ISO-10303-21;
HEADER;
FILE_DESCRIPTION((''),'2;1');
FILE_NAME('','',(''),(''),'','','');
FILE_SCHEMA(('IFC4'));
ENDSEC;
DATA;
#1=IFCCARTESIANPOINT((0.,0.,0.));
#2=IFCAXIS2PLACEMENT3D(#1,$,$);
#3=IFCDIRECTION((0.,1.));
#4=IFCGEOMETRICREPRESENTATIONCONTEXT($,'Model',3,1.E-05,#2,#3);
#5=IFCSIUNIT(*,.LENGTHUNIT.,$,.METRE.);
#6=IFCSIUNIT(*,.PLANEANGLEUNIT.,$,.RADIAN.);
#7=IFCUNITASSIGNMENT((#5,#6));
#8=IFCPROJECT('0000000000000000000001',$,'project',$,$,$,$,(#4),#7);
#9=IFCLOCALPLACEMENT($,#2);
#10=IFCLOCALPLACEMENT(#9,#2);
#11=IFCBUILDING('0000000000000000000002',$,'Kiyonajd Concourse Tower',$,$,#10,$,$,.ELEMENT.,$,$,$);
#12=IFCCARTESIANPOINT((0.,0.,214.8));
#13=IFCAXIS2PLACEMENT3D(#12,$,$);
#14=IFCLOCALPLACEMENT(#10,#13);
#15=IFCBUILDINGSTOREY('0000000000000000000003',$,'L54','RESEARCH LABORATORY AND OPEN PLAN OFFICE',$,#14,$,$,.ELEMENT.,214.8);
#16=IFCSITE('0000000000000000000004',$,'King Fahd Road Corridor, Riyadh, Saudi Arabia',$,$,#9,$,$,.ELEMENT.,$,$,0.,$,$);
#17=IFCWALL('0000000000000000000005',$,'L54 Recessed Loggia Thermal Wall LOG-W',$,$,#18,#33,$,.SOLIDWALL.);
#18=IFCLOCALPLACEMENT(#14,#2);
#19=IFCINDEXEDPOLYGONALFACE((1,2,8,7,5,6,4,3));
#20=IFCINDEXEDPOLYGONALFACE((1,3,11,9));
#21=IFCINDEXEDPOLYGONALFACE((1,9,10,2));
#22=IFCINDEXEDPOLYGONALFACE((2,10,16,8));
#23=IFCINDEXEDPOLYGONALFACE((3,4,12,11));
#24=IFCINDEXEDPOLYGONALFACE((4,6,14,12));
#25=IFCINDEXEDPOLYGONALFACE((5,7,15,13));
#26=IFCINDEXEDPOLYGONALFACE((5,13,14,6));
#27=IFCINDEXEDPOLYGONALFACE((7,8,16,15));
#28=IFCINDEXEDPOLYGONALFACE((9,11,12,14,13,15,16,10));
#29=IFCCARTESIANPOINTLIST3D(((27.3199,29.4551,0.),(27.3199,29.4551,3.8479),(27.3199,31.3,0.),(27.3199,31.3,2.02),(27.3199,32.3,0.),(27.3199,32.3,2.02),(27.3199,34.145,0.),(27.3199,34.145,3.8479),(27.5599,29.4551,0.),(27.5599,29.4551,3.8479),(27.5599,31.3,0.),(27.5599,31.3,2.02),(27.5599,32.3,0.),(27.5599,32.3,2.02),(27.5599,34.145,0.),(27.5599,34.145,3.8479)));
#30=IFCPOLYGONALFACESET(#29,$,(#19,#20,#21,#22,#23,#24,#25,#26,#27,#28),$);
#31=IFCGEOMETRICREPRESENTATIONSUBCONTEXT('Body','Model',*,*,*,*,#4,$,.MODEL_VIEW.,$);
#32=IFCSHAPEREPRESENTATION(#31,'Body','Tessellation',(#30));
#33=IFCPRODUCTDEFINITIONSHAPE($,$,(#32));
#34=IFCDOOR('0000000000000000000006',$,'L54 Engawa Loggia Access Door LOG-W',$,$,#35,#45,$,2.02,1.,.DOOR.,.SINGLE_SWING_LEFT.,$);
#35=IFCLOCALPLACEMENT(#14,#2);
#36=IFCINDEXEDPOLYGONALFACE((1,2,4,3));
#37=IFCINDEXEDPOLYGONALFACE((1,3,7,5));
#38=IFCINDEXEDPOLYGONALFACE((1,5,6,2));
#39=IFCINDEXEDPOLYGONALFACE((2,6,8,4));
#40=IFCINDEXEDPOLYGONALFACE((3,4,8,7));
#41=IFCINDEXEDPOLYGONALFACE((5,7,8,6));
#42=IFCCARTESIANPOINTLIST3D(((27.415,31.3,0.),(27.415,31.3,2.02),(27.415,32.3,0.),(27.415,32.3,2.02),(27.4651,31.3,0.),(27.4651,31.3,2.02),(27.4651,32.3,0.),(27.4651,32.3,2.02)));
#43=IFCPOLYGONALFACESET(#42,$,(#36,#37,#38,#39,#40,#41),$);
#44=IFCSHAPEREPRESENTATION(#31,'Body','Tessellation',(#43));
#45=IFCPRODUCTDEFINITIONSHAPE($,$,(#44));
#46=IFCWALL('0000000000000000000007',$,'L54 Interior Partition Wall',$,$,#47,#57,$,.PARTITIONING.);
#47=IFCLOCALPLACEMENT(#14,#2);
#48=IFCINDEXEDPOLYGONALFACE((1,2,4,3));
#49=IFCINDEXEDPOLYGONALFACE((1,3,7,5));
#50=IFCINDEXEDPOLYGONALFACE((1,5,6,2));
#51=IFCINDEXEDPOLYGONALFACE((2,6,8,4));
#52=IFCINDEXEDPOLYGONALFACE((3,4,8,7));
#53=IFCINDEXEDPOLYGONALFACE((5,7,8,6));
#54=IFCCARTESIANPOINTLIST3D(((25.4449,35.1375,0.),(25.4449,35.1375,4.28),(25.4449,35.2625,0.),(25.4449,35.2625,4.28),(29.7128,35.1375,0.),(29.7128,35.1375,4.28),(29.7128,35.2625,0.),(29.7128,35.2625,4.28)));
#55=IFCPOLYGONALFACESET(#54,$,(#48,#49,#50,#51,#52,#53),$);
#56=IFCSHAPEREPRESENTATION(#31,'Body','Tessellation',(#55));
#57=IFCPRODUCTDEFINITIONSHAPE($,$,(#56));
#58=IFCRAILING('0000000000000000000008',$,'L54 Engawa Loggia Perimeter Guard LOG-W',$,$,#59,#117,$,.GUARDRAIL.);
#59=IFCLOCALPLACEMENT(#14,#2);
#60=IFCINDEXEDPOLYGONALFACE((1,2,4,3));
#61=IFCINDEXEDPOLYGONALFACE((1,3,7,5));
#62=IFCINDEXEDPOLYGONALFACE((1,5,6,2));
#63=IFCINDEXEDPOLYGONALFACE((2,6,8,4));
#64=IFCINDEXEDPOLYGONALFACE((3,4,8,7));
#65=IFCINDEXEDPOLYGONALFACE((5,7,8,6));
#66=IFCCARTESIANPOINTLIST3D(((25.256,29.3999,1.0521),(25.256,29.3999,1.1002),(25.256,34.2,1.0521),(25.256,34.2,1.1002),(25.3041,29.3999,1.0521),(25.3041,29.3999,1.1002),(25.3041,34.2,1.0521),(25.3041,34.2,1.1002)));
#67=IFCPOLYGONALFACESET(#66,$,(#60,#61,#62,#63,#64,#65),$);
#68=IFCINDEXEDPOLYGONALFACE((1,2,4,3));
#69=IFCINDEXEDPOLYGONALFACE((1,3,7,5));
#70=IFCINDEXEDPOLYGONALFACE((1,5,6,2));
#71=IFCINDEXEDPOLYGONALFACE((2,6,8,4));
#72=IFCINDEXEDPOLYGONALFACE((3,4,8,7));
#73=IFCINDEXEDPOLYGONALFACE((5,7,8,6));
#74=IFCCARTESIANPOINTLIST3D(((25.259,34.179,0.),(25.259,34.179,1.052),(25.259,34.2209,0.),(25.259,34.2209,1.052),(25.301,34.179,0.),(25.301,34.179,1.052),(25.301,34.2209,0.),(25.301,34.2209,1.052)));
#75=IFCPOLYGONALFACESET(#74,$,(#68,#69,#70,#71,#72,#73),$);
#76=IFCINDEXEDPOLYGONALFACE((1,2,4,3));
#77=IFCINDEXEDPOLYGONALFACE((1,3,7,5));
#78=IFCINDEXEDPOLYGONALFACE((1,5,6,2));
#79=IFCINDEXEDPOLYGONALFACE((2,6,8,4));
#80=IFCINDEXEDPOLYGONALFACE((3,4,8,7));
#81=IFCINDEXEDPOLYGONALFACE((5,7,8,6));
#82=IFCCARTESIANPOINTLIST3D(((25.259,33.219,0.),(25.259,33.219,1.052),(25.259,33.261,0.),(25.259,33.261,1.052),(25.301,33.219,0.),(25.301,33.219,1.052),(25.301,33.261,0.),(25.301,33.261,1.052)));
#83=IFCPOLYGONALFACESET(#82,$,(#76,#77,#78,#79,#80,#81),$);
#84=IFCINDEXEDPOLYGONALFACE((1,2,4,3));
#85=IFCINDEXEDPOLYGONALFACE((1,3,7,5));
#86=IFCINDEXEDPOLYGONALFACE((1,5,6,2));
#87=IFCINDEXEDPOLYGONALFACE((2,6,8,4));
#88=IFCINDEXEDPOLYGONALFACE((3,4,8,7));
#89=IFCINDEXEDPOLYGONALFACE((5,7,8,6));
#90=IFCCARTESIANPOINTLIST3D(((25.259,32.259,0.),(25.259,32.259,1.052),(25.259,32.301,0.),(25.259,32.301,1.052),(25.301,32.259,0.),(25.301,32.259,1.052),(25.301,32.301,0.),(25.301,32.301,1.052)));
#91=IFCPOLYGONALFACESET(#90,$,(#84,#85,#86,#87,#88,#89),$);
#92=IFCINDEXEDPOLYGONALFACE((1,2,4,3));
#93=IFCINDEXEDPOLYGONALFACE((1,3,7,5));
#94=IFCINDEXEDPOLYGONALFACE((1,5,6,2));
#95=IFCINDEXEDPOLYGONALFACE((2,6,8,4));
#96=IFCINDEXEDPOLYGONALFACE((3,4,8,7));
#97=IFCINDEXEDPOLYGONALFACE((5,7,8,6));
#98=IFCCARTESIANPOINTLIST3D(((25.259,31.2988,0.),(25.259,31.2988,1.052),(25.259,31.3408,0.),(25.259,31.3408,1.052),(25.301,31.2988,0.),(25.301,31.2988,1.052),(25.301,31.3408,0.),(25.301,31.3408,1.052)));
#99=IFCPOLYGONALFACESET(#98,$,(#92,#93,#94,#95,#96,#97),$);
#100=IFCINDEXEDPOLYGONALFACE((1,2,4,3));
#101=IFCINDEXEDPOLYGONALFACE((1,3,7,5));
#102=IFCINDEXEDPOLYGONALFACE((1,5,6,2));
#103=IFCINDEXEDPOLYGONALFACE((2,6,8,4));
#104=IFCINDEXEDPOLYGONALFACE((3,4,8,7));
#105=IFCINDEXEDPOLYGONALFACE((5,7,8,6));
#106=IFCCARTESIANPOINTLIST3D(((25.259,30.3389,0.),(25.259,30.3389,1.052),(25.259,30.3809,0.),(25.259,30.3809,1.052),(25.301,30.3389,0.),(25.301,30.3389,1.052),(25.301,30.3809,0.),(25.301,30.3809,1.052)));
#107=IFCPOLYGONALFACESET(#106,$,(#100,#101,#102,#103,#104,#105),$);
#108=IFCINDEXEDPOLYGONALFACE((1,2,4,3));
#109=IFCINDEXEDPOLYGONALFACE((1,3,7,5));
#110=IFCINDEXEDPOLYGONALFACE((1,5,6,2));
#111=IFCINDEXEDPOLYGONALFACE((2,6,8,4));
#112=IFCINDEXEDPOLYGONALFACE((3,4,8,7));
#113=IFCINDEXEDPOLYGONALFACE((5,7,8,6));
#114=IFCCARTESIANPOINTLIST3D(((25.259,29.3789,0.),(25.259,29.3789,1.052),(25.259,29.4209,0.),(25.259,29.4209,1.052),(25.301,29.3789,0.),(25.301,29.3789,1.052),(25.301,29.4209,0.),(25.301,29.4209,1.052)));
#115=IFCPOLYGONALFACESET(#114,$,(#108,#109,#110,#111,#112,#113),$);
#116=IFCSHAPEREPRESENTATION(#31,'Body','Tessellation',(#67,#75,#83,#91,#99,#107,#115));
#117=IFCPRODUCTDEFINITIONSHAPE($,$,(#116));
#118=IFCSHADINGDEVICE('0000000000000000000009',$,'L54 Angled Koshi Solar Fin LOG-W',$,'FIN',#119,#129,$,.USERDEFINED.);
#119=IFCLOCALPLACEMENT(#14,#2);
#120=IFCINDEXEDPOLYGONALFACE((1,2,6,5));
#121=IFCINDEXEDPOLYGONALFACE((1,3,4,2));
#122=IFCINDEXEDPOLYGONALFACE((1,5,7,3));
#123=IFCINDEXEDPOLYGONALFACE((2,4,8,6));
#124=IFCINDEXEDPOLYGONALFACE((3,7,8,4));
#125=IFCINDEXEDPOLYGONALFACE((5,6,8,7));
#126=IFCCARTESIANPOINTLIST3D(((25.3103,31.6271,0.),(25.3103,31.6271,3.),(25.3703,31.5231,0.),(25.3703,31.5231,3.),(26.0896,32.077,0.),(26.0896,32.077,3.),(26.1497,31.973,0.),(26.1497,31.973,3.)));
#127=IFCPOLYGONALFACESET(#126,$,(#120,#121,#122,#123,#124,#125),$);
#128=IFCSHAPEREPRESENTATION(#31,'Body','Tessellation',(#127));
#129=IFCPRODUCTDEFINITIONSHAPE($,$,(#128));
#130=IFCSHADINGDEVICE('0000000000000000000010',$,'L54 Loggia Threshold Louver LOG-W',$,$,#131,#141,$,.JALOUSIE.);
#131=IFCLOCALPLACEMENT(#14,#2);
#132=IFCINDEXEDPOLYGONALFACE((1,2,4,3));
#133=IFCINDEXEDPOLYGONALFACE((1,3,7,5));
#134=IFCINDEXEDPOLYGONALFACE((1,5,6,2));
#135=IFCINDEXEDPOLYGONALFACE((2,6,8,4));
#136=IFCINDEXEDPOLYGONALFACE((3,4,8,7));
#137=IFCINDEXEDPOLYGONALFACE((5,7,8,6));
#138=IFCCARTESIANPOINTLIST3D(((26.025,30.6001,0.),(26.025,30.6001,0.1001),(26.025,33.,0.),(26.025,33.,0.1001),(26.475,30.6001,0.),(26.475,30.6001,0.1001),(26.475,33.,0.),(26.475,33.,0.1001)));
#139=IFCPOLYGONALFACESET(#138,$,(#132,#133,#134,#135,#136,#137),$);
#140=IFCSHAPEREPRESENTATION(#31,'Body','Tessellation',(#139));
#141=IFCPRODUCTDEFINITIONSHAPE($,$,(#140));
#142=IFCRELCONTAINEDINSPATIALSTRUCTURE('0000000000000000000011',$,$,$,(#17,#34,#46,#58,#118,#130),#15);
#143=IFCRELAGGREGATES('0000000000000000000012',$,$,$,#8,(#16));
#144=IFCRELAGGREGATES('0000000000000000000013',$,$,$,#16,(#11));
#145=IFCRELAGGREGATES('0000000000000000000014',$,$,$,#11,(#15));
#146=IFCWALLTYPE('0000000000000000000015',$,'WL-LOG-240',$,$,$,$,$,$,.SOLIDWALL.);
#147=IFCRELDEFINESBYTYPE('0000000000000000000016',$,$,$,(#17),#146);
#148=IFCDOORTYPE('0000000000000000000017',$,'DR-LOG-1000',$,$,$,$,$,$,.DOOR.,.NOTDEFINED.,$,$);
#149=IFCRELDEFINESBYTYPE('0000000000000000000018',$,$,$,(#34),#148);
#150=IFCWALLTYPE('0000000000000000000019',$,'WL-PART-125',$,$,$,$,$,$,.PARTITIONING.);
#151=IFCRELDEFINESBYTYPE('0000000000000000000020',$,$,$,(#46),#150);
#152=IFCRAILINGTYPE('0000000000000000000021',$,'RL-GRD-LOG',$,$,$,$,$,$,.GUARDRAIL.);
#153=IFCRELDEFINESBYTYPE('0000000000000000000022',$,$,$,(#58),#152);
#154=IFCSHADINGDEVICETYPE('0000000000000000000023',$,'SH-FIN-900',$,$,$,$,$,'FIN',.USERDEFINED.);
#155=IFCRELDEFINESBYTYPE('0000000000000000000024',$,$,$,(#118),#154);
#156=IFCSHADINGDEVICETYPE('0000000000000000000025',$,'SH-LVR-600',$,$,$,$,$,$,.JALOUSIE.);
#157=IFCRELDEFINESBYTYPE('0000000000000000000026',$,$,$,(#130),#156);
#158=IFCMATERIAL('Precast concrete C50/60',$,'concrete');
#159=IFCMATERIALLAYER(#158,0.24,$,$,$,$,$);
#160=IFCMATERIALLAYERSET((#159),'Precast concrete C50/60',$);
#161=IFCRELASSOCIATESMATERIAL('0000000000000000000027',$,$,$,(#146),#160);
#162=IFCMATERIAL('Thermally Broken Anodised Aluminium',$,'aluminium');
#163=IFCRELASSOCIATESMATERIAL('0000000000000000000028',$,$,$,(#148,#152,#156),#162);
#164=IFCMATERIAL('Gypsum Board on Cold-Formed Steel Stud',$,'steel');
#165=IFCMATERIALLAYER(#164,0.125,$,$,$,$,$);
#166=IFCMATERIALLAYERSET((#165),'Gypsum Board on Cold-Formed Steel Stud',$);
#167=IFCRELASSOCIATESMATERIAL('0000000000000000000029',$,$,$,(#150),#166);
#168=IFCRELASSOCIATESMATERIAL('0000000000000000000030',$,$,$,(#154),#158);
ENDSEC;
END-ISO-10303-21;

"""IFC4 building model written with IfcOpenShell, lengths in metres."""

from ifc_helpers import new_model, si_unit, direction, frame, frame_2d, origin, origin_2d, place, context, subcontext, project, spatial, rectangle, extrude, material, layer, layer_set, type_object, element, fill, save


model = new_model("IFC4")

# Units and contexts
model_context = context("Model", 3, precision=1e-05, world=origin(), true_north=direction((0.0, 1.0)))
body_context = subcontext(model_context, "Body", "Model", "MODEL_VIEW")
ifc_project = project(units=[si_unit("LENGTHUNIT", "METRE"), si_unit("PLANEANGLEUNIT", "RADIAN")], contexts=[model_context])

# Site, building, storey
site_placement = place(None, origin())
site = spatial("IfcSite", under=ifc_project, at=site_placement, Name="King Fahd Road Corridor, Riyadh, Saudi Arabia", CompositionType="ELEMENT", RefElevation=0.0)
building_placement = place(site_placement, origin())
building = spatial("IfcBuilding", under=site, at=building_placement, Name="Kiyonajd Concourse Tower", CompositionType="ELEMENT")
storey_placement = place(building_placement, frame((0.0, 0.0, 214.8)))
storey = spatial("IfcBuildingStorey", under=building, at=storey_placement, Name="L54", Description="RESEARCH LABORATORY AND OPEN PLAN OFFICE", CompositionType="ELEMENT", Elevation=214.8)

# Shared definitions
ifc_material_1 = material(Name="Thermally Broken Anodised Aluminium", Category="aluminium")

# Shared definitions
ifc_material_2 = material(Name="Precast concrete C50/60", Category="concrete")

# Wall, opening, door
ifc_layer_1 = layer(ifc_material_2, 0.24)
ifc_layer_set_1 = layer_set([ifc_layer_1], Name="Precast concrete C50/60")
wall_type_1 = type_object("IfcWallType", Name="WL-LOG-240", PredefinedType="SOLIDWALL", material=ifc_layer_set_1)
wall_1_placement = place(storey_placement, frame((27.4399, 29.4551, 0.0), z_axis=(0.0, 0.0, 1.0), x_axis=(0.0, 1.0, 0.0)))
wall_1 = element("IfcWall", 1, at=wall_1_placement, inside=storey, type_object=wall_type_1, Name="L54 Recessed Loggia Thermal Wall LOG-W", PredefinedType="SOLIDWALL", context=body_context, shape_type="SweptSolid", body=[
    extrude(rectangle(XDim=4.6899, YDim=0.24, at=frame_2d((2.345, 0.0))), origin(), (0.0, 0.0, 1.0), 3.8479),
])
opening_placement = place(wall_1_placement, frame((1.845, 0.0, 0.0)))
opening = element("IfcOpeningElement", 2, at=opening_placement, cuts=wall_1, PredefinedType="OPENING", context=body_context, shape_type="SweptSolid", body=[
    extrude(rectangle(XDim=1.0, YDim=2.02, at=frame_2d((0.5, 1.01))), frame((0.0, 0.1299, 0.0), z_axis=(0.0, -1.0, 0.0), x_axis=(1.0, 0.0, 0.0)), (0.0, 0.0, 1.0), 0.26),
])
door_type = type_object("IfcDoorType", Name="DR-LOG-1000", OperationType="NOTDEFINED", PredefinedType="DOOR", material=ifc_material_1)
door_placement = place(opening_placement, origin())
door = element("IfcDoor", 3, at=door_placement, inside=storey, type_object=door_type, Name="L54 Engawa Loggia Access Door LOG-W", OperationType="SINGLE_SWING_LEFT", OverallHeight=2.02, OverallWidth=1.0, PredefinedType="DOOR", context=body_context, shape_type="SweptSolid", body=[
    extrude(rectangle(XDim=1.0, YDim=2.02, at=frame_2d((0.5, 1.01))), frame((0.0, 0.0249, 0.0), z_axis=(0.0, -1.0, 0.0), x_axis=(1.0, 0.0, 0.0)), (0.0, 0.0, 1.0), 0.05),
])
fill(opening, door)

# Wall
ifc_material_3 = material(Name="Gypsum Board on Cold-Formed Steel Stud", Category="steel")
ifc_layer_2 = layer(ifc_material_3, 0.125)
ifc_layer_set_2 = layer_set([ifc_layer_2], Name="Gypsum Board on Cold-Formed Steel Stud")
wall_type_2 = type_object("IfcWallType", Name="WL-PART-125", PredefinedType="PARTITIONING", material=ifc_layer_set_2)
wall_2_placement = place(storey_placement, frame((25.4451, 35.2, 0.0), z_axis=(0.0, 0.0, 1.0), x_axis=(1.0, 0.0, 0.0)))
element("IfcWall", 4, at=wall_2_placement, inside=storey, type_object=wall_type_2, Name="L54 Interior Partition Wall", PredefinedType="PARTITIONING", context=body_context, shape_type="SweptSolid", body=[
    extrude(rectangle(XDim=4.2678, YDim=0.125, at=frame_2d((2.1338, 0.0))), origin(), (0.0, 0.0, 1.0), 4.28),
])

# Railing
railing_type = type_object("IfcRailingType", Name="RL-GRD-LOG", PredefinedType="GUARDRAIL", material=ifc_material_1)
railing_placement = place(storey_placement, frame((25.28, 34.2, 0.0)))
element("IfcRailing", 5, at=railing_placement, inside=storey, type_object=railing_type, Name="L54 Engawa Loggia Perimeter Guard LOG-W", PredefinedType="GUARDRAIL", context=body_context, shape_type="SweptSolid", body=[
    extrude(rectangle(XDim=0.0481, YDim=0.0481, at=origin_2d()), frame((0.0, 0.0, 1.0762), z_axis=(0.0, -1.0, 0.0), x_axis=(1.0, 0.0, 0.0)), (0.0, 0.0, 1.0), 4.8),
    extrude(rectangle(XDim=0.042, YDim=0.042, at=origin_2d()), origin(), (0.0, 0.0, 1.0), 1.052),
    extrude(rectangle(XDim=0.042, YDim=0.042, at=origin_2d()), frame((0.0, -0.96, 0.0)), (0.0, 0.0, 1.0), 1.052),
    extrude(rectangle(XDim=0.042, YDim=0.042, at=origin_2d()), frame((0.0, -1.9199, 0.0)), (0.0, 0.0, 1.0), 1.052),
    extrude(rectangle(XDim=0.042, YDim=0.042, at=origin_2d()), frame((0.0, -2.8801, 0.0)), (0.0, 0.0, 1.0), 1.052),
    extrude(rectangle(XDim=0.042, YDim=0.042, at=origin_2d()), frame((0.0, -3.8401, 0.0)), (0.0, 0.0, 1.0), 1.052),
    extrude(rectangle(XDim=0.042, YDim=0.042, at=origin_2d()), frame((0.0, -4.8, 0.0)), (0.0, 0.0, 1.0), 1.052),
])

# Shading devices
shading_device_type_1 = type_object("IfcShadingDeviceType", Name="SH-FIN-900", ElementType="FIN", PredefinedType="USERDEFINED", material=ifc_material_2)
shading_device_1_placement = place(storey_placement, frame((25.73, 31.8, 0.0), z_axis=(0.0, 0.0, 1.0), x_axis=(0.866025, 0.5, 0.0)))
element("IfcShadingDevice", 6, at=shading_device_1_placement, inside=storey, type_object=shading_device_type_1, Name="L54 Angled Koshi Solar Fin LOG-W", ObjectType="FIN", PredefinedType="USERDEFINED", context=body_context, shape_type="SweptSolid", body=[
    extrude(rectangle(XDim=0.8999, YDim=0.1201, at=origin_2d()), origin(), (0.0, 0.0, 1.0), 3.0),
])
shading_device_type_2 = type_object("IfcShadingDeviceType", Name="SH-LVR-600", PredefinedType="JALOUSIE", material=ifc_material_1)
shading_device_2_placement = place(storey_placement, frame((26.25, 31.8, 0.0), z_axis=(0.0, 0.0, 1.0), x_axis=(0.0, 1.0, 0.0)))
element("IfcShadingDevice", 7, at=shading_device_2_placement, inside=storey, type_object=shading_device_type_2, Name="L54 Loggia Threshold Louver LOG-W", PredefinedType="JALOUSIE", context=body_context, shape_type="SweptSolid", body=[
    extrude(rectangle(XDim=2.3999, YDim=0.45, at=origin_2d()), origin(), (0.0, 0.0, 1.0), 0.1001),
])

save(model, "model.ifc")
